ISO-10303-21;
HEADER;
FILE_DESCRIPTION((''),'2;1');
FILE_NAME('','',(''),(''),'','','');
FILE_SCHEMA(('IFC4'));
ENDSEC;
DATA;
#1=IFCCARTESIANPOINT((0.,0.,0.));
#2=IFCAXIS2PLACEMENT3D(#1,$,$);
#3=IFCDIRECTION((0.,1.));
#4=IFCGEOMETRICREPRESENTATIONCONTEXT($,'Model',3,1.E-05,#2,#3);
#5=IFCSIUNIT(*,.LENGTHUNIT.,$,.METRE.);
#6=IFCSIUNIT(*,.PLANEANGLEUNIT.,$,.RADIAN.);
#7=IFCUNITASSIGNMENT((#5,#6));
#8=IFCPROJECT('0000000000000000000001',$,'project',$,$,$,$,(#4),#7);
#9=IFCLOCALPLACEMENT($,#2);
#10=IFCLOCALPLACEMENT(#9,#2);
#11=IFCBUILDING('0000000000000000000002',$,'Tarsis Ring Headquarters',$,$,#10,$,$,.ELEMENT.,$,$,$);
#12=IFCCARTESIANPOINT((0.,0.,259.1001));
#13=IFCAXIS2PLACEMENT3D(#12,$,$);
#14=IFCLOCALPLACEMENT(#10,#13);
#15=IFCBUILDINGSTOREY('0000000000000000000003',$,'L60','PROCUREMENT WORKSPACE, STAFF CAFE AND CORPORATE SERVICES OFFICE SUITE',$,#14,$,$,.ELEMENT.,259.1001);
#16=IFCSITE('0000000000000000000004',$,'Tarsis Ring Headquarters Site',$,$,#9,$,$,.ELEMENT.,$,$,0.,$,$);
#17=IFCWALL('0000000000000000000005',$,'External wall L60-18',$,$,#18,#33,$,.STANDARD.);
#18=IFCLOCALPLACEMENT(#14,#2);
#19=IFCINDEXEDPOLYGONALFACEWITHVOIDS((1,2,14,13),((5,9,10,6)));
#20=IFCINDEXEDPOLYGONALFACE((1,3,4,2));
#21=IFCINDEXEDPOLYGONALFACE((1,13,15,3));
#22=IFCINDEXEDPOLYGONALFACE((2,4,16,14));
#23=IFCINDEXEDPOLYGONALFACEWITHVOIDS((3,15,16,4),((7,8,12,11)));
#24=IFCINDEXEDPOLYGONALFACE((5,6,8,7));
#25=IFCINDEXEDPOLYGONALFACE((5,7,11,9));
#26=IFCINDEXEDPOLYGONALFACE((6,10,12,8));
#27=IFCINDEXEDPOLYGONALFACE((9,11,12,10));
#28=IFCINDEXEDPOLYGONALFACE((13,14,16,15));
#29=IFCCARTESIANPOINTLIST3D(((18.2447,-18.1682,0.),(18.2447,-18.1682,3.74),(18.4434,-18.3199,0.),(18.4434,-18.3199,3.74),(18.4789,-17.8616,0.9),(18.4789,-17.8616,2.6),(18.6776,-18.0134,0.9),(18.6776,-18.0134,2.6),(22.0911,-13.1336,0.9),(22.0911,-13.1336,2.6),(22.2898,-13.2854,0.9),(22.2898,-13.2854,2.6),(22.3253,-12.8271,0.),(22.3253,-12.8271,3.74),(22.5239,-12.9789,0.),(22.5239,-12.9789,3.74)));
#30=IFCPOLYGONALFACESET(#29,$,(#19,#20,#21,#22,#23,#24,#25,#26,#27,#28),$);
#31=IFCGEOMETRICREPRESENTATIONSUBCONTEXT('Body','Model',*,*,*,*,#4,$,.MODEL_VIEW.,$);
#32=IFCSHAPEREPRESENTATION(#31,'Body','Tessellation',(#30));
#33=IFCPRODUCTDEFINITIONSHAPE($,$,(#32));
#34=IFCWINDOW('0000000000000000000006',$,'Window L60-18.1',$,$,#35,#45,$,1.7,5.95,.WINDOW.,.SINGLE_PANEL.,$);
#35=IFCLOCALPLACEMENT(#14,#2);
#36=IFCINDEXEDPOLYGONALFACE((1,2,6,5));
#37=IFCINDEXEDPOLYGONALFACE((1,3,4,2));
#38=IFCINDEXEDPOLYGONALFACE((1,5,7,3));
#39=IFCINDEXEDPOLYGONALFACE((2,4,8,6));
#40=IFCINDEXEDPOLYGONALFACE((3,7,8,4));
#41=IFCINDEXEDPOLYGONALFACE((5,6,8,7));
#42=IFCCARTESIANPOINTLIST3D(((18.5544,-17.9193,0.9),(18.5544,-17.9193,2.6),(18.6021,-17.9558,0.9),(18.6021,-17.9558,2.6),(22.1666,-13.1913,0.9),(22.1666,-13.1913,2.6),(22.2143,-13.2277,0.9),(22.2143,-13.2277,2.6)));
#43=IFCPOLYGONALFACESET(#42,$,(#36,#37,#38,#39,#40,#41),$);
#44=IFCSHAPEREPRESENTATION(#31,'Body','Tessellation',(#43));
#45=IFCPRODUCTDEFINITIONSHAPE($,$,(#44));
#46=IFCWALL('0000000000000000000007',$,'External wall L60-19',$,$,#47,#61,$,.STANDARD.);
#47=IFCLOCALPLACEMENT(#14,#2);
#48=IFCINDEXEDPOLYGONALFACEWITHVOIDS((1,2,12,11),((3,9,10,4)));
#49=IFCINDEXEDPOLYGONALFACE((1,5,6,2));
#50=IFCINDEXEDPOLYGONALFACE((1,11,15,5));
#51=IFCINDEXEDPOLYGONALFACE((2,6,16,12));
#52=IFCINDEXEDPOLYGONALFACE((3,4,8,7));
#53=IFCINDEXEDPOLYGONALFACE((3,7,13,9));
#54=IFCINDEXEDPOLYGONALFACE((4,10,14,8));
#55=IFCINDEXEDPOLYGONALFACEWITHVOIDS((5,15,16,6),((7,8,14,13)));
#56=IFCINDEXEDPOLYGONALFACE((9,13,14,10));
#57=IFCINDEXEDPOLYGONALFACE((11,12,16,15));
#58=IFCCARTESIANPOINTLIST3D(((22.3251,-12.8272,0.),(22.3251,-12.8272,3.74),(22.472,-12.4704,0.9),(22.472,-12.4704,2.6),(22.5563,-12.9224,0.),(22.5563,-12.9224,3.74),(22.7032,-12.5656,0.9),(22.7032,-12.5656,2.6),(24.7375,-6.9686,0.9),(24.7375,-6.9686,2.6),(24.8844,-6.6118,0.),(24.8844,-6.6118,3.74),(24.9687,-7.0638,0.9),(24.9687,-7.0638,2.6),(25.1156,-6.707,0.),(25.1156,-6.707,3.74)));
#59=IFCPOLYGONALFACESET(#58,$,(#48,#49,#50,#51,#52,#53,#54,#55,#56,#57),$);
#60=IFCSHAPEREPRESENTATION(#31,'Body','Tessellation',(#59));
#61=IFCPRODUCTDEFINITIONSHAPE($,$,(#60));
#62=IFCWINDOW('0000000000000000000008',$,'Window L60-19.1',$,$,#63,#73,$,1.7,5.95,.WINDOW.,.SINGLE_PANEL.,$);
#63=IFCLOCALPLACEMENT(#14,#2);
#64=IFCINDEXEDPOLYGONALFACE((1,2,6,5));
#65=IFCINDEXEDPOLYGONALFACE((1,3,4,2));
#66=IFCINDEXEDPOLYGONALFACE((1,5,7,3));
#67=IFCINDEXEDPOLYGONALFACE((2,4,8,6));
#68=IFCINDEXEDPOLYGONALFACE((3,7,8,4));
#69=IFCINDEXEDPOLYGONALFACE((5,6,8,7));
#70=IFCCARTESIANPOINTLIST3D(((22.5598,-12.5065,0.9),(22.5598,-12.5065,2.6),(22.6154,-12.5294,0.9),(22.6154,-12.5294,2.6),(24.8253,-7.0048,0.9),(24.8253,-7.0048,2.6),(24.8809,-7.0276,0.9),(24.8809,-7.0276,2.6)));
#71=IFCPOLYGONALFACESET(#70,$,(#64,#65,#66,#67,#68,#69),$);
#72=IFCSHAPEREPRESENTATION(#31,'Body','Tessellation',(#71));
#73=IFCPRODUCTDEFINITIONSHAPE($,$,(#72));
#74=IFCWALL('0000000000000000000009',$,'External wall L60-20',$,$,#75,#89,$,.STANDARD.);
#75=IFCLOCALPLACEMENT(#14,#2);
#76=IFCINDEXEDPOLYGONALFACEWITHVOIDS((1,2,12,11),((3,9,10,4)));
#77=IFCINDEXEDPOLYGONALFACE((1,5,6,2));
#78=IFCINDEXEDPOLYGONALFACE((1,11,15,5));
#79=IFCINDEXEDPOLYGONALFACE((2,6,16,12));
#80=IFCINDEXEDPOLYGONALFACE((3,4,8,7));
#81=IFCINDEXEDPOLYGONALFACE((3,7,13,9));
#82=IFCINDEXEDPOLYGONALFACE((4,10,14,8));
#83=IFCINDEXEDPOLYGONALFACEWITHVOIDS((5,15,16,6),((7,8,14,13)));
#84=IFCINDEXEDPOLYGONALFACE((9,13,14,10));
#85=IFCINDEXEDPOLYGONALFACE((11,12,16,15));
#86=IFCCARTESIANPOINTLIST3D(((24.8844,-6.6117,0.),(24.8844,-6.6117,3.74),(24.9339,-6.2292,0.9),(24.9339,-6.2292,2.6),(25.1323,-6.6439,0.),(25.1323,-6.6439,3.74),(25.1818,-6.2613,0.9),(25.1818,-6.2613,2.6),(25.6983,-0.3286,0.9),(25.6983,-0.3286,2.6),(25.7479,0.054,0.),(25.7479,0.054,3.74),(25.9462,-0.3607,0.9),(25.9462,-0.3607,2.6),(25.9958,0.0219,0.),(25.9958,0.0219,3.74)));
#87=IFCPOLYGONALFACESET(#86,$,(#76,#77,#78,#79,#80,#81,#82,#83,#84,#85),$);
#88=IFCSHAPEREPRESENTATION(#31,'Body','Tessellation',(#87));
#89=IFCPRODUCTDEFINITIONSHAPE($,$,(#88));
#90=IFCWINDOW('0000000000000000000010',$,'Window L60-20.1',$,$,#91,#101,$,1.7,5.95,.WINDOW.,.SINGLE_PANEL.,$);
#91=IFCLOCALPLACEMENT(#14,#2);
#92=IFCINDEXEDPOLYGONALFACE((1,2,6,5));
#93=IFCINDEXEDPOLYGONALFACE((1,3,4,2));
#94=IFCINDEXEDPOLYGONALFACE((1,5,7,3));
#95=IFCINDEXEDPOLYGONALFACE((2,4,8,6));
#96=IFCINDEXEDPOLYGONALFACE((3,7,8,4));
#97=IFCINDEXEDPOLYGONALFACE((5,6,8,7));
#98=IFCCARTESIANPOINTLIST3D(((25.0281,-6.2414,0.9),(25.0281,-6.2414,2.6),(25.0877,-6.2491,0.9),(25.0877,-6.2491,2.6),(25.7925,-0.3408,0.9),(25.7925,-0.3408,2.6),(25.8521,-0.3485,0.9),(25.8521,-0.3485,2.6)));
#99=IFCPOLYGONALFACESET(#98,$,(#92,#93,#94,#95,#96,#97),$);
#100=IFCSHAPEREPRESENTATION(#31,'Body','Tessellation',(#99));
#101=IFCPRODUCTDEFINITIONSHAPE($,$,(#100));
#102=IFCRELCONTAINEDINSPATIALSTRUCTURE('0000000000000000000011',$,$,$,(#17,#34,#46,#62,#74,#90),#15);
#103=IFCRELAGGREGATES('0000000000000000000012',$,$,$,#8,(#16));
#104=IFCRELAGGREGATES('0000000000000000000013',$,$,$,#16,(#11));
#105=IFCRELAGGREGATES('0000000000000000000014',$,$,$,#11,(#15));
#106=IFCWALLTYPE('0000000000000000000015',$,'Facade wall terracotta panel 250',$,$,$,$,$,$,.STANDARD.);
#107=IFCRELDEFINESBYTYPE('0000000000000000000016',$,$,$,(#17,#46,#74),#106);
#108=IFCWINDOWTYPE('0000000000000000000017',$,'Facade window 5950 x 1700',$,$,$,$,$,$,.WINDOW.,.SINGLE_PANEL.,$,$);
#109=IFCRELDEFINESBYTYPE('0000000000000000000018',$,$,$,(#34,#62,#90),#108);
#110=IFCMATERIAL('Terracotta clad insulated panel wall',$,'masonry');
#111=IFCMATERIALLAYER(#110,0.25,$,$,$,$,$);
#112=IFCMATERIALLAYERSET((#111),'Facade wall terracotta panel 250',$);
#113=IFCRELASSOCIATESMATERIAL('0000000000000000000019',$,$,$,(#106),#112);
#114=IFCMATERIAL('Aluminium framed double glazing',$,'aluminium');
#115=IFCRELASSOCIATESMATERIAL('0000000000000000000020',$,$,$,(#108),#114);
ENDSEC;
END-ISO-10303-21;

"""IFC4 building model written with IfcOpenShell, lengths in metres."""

from ifc_helpers import new_model, si_unit, direction, frame, frame_2d, origin, place, context, subcontext, project, spatial, rectangle, extrude, material, layer, layer_set, type_object, element, fill, save


model = new_model("IFC4")

# Units and contexts
model_context = context("Model", 3, precision=1e-05, world=origin(), true_north=direction((0.0, 1.0)))
body_context = subcontext(model_context, "Body", "Model", "MODEL_VIEW")
ifc_project = project(units=[si_unit("LENGTHUNIT", "METRE"), si_unit("PLANEANGLEUNIT", "RADIAN")], contexts=[model_context])

# Site, building, storey
site_placement = place(None, origin())
site = spatial("IfcSite", under=ifc_project, at=site_placement, Name="Tarsis Ring Headquarters Site", CompositionType="ELEMENT", RefElevation=0.0)
building_placement = place(site_placement, origin())
building = spatial("IfcBuilding", under=site, at=building_placement, Name="Tarsis Ring Headquarters", CompositionType="ELEMENT")
storey_placement = place(building_placement, frame((0.0, 0.0, 259.1001)))
storey = spatial("IfcBuildingStorey", under=building, at=storey_placement, Name="L60", Description="PROCUREMENT WORKSPACE, STAFF CAFE AND CORPORATE SERVICES OFFICE SUITE", CompositionType="ELEMENT", Elevation=259.1001)

# Walls, openings, windows
ifc_material_1 = material(Name="Terracotta clad insulated panel wall", Category="masonry")
ifc_layer_1 = layer(ifc_material_1, 0.25)
ifc_layer_set_1 = layer_set([ifc_layer_1], Name="Facade wall terracotta panel 250")
wall_type_1 = type_object("IfcWallType", Name="Facade wall terracotta panel 250", PredefinedType="STANDARD", material=ifc_layer_set_1)
ifc_material_2 = material(Name="Aluminium framed double glazing", Category="aluminium")
wall_1_placement = place(storey_placement, frame((18.344, -18.2441, 0.0), z_axis=(0.0, 0.0, 1.0), x_axis=(0.607095, 0.794629, 0.0)))
wall_1 = element("IfcWall", 1, at=wall_1_placement, inside=storey, type_object=wall_type_1, Name="External wall L60-18", PredefinedType="STANDARD", context=body_context, shape_type="SweptSolid", body=[
    extrude(rectangle(XDim=6.7214, YDim=0.25, at=frame_2d((3.3608, 0.0))), origin(), (0.0, 0.0, 1.0), 3.74),
])
opening_1_placement = place(wall_1_placement, frame((0.3857, 0.0, 0.8999)))
opening_1 = element("IfcOpeningElement", 2, at=opening_1_placement, cuts=wall_1, PredefinedType="OPENING", context=body_context, shape_type="SweptSolid", body=[
    extrude(rectangle(XDim=5.95, YDim=1.7, at=frame_2d((2.9751, 0.8501))), frame((0.0, 0.135, 0.0), z_axis=(0.0, -1.0, 0.0), x_axis=(1.0, 0.0, 0.0)), (0.0, 0.0, 1.0), 0.27),
])
window_type_1 = type_object("IfcWindowType", Name="Facade window 5950 x 1700", PartitioningType="SINGLE_PANEL", PredefinedType="WINDOW", material=ifc_material_2)
window_1_placement = place(opening_1_placement, origin())
window_1 = element("IfcWindow", 3, at=window_1_placement, inside=storey, type_object=window_type_1, Name="Window L60-18.1", OverallHeight=1.7, OverallWidth=5.95, PartitioningType="SINGLE_PANEL", PredefinedType="WINDOW", context=body_context, shape_type="SweptSolid", body=[
    extrude(rectangle(XDim=5.95, YDim=1.7, at=frame_2d((2.9751, 0.8501))), frame((0.0, 0.03, 0.0), z_axis=(0.0, -1.0, 0.0), x_axis=(1.0, 0.0, 0.0)), (0.0, 0.0, 1.0), 0.0601),
])
fill(opening_1, window_1)
wall_2_placement = place(storey_placement, frame((22.4407, -12.8748, 0.0), z_axis=(0.0, 0.0, 1.0), x_axis=(0.380759, 0.924674, 0.0)))
wall_2 = element("IfcWall", 4, at=wall_2_placement, inside=storey, type_object=wall_type_1, Name="External wall L60-19", PredefinedType="STANDARD", context=body_context, shape_type="SweptSolid", body=[
    extrude(rectangle(XDim=6.7217, YDim=0.25, at=frame_2d((3.3608, 0.0))), origin(), (0.0, 0.0, 1.0), 3.74),
])
opening_2_placement = place(wall_2_placement, frame((0.3857, 0.0, 0.8999)))
opening_2 = element("IfcOpeningElement", 5, at=opening_2_placement, cuts=wall_2, PredefinedType="OPENING", context=body_context, shape_type="SweptSolid", body=[
    extrude(rectangle(XDim=5.95, YDim=1.7, at=frame_2d((2.9751, 0.8501))), frame((0.0, 0.135, 0.0), z_axis=(0.0, -1.0, 0.0), x_axis=(1.0, 0.0, 0.0)), (0.0, 0.0, 1.0), 0.27),
])
window_2_placement = place(opening_2_placement, origin())
window_2 = element("IfcWindow", 6, at=window_2_placement, inside=storey, type_object=window_type_1, Name="Window L60-19.1", OverallHeight=1.7, OverallWidth=5.95, PartitioningType="SINGLE_PANEL", PredefinedType="WINDOW", context=body_context, shape_type="SweptSolid", body=[
    extrude(rectangle(XDim=5.95, YDim=1.7, at=frame_2d((2.9751, 0.8501))), frame((0.0, 0.03, 0.0), z_axis=(0.0, -1.0, 0.0), x_axis=(1.0, 0.0, 0.0)), (0.0, 0.0, 1.0), 0.0601),
])
fill(opening_2, window_2)
wall_3_placement = place(storey_placement, frame((25.0083, -6.6279, 0.0), z_axis=(0.0, 0.0, 1.0), x_axis=(0.128473, 0.991713, 0.0)))
wall_3 = element("IfcWall", 7, at=wall_3_placement, inside=storey, type_object=wall_type_1, Name="External wall L60-20", PredefinedType="STANDARD", context=body_context, shape_type="SweptSolid", body=[
    extrude(rectangle(XDim=6.7214, YDim=0.25, at=frame_2d((3.3608, 0.0))), origin(), (0.0, 0.0, 1.0), 3.74),
])
opening_3_placement = place(wall_3_placement, frame((0.3857, 0.0, 0.8999)))
opening_3 = element("IfcOpeningElement", 8, at=opening_3_placement, cuts=wall_3, PredefinedType="OPENING", context=body_context, shape_type="SweptSolid", body=[
    extrude(rectangle(XDim=5.95, YDim=1.7, at=frame_2d((2.9751, 0.8501))), frame((0.0, 0.135, 0.0), z_axis=(0.0, -1.0, 0.0), x_axis=(1.0, 0.0, 0.0)), (0.0, 0.0, 1.0), 0.27),
])
window_3_placement = place(opening_3_placement, origin())
window_3 = element("IfcWindow", 9, at=window_3_placement, inside=storey, type_object=window_type_1, Name="Window L60-20.1", OverallHeight=1.7, OverallWidth=5.95, PartitioningType="SINGLE_PANEL", PredefinedType="WINDOW", context=body_context, shape_type="SweptSolid", body=[
    extrude(rectangle(XDim=5.95, YDim=1.7, at=frame_2d((2.9751, 0.8501))), frame((0.0, 0.03, 0.0), z_axis=(0.0, -1.0, 0.0), x_axis=(1.0, 0.0, 0.0)), (0.0, 0.0, 1.0), 0.0601),
])
fill(opening_3, window_3)

save(model, "model.ifc")
